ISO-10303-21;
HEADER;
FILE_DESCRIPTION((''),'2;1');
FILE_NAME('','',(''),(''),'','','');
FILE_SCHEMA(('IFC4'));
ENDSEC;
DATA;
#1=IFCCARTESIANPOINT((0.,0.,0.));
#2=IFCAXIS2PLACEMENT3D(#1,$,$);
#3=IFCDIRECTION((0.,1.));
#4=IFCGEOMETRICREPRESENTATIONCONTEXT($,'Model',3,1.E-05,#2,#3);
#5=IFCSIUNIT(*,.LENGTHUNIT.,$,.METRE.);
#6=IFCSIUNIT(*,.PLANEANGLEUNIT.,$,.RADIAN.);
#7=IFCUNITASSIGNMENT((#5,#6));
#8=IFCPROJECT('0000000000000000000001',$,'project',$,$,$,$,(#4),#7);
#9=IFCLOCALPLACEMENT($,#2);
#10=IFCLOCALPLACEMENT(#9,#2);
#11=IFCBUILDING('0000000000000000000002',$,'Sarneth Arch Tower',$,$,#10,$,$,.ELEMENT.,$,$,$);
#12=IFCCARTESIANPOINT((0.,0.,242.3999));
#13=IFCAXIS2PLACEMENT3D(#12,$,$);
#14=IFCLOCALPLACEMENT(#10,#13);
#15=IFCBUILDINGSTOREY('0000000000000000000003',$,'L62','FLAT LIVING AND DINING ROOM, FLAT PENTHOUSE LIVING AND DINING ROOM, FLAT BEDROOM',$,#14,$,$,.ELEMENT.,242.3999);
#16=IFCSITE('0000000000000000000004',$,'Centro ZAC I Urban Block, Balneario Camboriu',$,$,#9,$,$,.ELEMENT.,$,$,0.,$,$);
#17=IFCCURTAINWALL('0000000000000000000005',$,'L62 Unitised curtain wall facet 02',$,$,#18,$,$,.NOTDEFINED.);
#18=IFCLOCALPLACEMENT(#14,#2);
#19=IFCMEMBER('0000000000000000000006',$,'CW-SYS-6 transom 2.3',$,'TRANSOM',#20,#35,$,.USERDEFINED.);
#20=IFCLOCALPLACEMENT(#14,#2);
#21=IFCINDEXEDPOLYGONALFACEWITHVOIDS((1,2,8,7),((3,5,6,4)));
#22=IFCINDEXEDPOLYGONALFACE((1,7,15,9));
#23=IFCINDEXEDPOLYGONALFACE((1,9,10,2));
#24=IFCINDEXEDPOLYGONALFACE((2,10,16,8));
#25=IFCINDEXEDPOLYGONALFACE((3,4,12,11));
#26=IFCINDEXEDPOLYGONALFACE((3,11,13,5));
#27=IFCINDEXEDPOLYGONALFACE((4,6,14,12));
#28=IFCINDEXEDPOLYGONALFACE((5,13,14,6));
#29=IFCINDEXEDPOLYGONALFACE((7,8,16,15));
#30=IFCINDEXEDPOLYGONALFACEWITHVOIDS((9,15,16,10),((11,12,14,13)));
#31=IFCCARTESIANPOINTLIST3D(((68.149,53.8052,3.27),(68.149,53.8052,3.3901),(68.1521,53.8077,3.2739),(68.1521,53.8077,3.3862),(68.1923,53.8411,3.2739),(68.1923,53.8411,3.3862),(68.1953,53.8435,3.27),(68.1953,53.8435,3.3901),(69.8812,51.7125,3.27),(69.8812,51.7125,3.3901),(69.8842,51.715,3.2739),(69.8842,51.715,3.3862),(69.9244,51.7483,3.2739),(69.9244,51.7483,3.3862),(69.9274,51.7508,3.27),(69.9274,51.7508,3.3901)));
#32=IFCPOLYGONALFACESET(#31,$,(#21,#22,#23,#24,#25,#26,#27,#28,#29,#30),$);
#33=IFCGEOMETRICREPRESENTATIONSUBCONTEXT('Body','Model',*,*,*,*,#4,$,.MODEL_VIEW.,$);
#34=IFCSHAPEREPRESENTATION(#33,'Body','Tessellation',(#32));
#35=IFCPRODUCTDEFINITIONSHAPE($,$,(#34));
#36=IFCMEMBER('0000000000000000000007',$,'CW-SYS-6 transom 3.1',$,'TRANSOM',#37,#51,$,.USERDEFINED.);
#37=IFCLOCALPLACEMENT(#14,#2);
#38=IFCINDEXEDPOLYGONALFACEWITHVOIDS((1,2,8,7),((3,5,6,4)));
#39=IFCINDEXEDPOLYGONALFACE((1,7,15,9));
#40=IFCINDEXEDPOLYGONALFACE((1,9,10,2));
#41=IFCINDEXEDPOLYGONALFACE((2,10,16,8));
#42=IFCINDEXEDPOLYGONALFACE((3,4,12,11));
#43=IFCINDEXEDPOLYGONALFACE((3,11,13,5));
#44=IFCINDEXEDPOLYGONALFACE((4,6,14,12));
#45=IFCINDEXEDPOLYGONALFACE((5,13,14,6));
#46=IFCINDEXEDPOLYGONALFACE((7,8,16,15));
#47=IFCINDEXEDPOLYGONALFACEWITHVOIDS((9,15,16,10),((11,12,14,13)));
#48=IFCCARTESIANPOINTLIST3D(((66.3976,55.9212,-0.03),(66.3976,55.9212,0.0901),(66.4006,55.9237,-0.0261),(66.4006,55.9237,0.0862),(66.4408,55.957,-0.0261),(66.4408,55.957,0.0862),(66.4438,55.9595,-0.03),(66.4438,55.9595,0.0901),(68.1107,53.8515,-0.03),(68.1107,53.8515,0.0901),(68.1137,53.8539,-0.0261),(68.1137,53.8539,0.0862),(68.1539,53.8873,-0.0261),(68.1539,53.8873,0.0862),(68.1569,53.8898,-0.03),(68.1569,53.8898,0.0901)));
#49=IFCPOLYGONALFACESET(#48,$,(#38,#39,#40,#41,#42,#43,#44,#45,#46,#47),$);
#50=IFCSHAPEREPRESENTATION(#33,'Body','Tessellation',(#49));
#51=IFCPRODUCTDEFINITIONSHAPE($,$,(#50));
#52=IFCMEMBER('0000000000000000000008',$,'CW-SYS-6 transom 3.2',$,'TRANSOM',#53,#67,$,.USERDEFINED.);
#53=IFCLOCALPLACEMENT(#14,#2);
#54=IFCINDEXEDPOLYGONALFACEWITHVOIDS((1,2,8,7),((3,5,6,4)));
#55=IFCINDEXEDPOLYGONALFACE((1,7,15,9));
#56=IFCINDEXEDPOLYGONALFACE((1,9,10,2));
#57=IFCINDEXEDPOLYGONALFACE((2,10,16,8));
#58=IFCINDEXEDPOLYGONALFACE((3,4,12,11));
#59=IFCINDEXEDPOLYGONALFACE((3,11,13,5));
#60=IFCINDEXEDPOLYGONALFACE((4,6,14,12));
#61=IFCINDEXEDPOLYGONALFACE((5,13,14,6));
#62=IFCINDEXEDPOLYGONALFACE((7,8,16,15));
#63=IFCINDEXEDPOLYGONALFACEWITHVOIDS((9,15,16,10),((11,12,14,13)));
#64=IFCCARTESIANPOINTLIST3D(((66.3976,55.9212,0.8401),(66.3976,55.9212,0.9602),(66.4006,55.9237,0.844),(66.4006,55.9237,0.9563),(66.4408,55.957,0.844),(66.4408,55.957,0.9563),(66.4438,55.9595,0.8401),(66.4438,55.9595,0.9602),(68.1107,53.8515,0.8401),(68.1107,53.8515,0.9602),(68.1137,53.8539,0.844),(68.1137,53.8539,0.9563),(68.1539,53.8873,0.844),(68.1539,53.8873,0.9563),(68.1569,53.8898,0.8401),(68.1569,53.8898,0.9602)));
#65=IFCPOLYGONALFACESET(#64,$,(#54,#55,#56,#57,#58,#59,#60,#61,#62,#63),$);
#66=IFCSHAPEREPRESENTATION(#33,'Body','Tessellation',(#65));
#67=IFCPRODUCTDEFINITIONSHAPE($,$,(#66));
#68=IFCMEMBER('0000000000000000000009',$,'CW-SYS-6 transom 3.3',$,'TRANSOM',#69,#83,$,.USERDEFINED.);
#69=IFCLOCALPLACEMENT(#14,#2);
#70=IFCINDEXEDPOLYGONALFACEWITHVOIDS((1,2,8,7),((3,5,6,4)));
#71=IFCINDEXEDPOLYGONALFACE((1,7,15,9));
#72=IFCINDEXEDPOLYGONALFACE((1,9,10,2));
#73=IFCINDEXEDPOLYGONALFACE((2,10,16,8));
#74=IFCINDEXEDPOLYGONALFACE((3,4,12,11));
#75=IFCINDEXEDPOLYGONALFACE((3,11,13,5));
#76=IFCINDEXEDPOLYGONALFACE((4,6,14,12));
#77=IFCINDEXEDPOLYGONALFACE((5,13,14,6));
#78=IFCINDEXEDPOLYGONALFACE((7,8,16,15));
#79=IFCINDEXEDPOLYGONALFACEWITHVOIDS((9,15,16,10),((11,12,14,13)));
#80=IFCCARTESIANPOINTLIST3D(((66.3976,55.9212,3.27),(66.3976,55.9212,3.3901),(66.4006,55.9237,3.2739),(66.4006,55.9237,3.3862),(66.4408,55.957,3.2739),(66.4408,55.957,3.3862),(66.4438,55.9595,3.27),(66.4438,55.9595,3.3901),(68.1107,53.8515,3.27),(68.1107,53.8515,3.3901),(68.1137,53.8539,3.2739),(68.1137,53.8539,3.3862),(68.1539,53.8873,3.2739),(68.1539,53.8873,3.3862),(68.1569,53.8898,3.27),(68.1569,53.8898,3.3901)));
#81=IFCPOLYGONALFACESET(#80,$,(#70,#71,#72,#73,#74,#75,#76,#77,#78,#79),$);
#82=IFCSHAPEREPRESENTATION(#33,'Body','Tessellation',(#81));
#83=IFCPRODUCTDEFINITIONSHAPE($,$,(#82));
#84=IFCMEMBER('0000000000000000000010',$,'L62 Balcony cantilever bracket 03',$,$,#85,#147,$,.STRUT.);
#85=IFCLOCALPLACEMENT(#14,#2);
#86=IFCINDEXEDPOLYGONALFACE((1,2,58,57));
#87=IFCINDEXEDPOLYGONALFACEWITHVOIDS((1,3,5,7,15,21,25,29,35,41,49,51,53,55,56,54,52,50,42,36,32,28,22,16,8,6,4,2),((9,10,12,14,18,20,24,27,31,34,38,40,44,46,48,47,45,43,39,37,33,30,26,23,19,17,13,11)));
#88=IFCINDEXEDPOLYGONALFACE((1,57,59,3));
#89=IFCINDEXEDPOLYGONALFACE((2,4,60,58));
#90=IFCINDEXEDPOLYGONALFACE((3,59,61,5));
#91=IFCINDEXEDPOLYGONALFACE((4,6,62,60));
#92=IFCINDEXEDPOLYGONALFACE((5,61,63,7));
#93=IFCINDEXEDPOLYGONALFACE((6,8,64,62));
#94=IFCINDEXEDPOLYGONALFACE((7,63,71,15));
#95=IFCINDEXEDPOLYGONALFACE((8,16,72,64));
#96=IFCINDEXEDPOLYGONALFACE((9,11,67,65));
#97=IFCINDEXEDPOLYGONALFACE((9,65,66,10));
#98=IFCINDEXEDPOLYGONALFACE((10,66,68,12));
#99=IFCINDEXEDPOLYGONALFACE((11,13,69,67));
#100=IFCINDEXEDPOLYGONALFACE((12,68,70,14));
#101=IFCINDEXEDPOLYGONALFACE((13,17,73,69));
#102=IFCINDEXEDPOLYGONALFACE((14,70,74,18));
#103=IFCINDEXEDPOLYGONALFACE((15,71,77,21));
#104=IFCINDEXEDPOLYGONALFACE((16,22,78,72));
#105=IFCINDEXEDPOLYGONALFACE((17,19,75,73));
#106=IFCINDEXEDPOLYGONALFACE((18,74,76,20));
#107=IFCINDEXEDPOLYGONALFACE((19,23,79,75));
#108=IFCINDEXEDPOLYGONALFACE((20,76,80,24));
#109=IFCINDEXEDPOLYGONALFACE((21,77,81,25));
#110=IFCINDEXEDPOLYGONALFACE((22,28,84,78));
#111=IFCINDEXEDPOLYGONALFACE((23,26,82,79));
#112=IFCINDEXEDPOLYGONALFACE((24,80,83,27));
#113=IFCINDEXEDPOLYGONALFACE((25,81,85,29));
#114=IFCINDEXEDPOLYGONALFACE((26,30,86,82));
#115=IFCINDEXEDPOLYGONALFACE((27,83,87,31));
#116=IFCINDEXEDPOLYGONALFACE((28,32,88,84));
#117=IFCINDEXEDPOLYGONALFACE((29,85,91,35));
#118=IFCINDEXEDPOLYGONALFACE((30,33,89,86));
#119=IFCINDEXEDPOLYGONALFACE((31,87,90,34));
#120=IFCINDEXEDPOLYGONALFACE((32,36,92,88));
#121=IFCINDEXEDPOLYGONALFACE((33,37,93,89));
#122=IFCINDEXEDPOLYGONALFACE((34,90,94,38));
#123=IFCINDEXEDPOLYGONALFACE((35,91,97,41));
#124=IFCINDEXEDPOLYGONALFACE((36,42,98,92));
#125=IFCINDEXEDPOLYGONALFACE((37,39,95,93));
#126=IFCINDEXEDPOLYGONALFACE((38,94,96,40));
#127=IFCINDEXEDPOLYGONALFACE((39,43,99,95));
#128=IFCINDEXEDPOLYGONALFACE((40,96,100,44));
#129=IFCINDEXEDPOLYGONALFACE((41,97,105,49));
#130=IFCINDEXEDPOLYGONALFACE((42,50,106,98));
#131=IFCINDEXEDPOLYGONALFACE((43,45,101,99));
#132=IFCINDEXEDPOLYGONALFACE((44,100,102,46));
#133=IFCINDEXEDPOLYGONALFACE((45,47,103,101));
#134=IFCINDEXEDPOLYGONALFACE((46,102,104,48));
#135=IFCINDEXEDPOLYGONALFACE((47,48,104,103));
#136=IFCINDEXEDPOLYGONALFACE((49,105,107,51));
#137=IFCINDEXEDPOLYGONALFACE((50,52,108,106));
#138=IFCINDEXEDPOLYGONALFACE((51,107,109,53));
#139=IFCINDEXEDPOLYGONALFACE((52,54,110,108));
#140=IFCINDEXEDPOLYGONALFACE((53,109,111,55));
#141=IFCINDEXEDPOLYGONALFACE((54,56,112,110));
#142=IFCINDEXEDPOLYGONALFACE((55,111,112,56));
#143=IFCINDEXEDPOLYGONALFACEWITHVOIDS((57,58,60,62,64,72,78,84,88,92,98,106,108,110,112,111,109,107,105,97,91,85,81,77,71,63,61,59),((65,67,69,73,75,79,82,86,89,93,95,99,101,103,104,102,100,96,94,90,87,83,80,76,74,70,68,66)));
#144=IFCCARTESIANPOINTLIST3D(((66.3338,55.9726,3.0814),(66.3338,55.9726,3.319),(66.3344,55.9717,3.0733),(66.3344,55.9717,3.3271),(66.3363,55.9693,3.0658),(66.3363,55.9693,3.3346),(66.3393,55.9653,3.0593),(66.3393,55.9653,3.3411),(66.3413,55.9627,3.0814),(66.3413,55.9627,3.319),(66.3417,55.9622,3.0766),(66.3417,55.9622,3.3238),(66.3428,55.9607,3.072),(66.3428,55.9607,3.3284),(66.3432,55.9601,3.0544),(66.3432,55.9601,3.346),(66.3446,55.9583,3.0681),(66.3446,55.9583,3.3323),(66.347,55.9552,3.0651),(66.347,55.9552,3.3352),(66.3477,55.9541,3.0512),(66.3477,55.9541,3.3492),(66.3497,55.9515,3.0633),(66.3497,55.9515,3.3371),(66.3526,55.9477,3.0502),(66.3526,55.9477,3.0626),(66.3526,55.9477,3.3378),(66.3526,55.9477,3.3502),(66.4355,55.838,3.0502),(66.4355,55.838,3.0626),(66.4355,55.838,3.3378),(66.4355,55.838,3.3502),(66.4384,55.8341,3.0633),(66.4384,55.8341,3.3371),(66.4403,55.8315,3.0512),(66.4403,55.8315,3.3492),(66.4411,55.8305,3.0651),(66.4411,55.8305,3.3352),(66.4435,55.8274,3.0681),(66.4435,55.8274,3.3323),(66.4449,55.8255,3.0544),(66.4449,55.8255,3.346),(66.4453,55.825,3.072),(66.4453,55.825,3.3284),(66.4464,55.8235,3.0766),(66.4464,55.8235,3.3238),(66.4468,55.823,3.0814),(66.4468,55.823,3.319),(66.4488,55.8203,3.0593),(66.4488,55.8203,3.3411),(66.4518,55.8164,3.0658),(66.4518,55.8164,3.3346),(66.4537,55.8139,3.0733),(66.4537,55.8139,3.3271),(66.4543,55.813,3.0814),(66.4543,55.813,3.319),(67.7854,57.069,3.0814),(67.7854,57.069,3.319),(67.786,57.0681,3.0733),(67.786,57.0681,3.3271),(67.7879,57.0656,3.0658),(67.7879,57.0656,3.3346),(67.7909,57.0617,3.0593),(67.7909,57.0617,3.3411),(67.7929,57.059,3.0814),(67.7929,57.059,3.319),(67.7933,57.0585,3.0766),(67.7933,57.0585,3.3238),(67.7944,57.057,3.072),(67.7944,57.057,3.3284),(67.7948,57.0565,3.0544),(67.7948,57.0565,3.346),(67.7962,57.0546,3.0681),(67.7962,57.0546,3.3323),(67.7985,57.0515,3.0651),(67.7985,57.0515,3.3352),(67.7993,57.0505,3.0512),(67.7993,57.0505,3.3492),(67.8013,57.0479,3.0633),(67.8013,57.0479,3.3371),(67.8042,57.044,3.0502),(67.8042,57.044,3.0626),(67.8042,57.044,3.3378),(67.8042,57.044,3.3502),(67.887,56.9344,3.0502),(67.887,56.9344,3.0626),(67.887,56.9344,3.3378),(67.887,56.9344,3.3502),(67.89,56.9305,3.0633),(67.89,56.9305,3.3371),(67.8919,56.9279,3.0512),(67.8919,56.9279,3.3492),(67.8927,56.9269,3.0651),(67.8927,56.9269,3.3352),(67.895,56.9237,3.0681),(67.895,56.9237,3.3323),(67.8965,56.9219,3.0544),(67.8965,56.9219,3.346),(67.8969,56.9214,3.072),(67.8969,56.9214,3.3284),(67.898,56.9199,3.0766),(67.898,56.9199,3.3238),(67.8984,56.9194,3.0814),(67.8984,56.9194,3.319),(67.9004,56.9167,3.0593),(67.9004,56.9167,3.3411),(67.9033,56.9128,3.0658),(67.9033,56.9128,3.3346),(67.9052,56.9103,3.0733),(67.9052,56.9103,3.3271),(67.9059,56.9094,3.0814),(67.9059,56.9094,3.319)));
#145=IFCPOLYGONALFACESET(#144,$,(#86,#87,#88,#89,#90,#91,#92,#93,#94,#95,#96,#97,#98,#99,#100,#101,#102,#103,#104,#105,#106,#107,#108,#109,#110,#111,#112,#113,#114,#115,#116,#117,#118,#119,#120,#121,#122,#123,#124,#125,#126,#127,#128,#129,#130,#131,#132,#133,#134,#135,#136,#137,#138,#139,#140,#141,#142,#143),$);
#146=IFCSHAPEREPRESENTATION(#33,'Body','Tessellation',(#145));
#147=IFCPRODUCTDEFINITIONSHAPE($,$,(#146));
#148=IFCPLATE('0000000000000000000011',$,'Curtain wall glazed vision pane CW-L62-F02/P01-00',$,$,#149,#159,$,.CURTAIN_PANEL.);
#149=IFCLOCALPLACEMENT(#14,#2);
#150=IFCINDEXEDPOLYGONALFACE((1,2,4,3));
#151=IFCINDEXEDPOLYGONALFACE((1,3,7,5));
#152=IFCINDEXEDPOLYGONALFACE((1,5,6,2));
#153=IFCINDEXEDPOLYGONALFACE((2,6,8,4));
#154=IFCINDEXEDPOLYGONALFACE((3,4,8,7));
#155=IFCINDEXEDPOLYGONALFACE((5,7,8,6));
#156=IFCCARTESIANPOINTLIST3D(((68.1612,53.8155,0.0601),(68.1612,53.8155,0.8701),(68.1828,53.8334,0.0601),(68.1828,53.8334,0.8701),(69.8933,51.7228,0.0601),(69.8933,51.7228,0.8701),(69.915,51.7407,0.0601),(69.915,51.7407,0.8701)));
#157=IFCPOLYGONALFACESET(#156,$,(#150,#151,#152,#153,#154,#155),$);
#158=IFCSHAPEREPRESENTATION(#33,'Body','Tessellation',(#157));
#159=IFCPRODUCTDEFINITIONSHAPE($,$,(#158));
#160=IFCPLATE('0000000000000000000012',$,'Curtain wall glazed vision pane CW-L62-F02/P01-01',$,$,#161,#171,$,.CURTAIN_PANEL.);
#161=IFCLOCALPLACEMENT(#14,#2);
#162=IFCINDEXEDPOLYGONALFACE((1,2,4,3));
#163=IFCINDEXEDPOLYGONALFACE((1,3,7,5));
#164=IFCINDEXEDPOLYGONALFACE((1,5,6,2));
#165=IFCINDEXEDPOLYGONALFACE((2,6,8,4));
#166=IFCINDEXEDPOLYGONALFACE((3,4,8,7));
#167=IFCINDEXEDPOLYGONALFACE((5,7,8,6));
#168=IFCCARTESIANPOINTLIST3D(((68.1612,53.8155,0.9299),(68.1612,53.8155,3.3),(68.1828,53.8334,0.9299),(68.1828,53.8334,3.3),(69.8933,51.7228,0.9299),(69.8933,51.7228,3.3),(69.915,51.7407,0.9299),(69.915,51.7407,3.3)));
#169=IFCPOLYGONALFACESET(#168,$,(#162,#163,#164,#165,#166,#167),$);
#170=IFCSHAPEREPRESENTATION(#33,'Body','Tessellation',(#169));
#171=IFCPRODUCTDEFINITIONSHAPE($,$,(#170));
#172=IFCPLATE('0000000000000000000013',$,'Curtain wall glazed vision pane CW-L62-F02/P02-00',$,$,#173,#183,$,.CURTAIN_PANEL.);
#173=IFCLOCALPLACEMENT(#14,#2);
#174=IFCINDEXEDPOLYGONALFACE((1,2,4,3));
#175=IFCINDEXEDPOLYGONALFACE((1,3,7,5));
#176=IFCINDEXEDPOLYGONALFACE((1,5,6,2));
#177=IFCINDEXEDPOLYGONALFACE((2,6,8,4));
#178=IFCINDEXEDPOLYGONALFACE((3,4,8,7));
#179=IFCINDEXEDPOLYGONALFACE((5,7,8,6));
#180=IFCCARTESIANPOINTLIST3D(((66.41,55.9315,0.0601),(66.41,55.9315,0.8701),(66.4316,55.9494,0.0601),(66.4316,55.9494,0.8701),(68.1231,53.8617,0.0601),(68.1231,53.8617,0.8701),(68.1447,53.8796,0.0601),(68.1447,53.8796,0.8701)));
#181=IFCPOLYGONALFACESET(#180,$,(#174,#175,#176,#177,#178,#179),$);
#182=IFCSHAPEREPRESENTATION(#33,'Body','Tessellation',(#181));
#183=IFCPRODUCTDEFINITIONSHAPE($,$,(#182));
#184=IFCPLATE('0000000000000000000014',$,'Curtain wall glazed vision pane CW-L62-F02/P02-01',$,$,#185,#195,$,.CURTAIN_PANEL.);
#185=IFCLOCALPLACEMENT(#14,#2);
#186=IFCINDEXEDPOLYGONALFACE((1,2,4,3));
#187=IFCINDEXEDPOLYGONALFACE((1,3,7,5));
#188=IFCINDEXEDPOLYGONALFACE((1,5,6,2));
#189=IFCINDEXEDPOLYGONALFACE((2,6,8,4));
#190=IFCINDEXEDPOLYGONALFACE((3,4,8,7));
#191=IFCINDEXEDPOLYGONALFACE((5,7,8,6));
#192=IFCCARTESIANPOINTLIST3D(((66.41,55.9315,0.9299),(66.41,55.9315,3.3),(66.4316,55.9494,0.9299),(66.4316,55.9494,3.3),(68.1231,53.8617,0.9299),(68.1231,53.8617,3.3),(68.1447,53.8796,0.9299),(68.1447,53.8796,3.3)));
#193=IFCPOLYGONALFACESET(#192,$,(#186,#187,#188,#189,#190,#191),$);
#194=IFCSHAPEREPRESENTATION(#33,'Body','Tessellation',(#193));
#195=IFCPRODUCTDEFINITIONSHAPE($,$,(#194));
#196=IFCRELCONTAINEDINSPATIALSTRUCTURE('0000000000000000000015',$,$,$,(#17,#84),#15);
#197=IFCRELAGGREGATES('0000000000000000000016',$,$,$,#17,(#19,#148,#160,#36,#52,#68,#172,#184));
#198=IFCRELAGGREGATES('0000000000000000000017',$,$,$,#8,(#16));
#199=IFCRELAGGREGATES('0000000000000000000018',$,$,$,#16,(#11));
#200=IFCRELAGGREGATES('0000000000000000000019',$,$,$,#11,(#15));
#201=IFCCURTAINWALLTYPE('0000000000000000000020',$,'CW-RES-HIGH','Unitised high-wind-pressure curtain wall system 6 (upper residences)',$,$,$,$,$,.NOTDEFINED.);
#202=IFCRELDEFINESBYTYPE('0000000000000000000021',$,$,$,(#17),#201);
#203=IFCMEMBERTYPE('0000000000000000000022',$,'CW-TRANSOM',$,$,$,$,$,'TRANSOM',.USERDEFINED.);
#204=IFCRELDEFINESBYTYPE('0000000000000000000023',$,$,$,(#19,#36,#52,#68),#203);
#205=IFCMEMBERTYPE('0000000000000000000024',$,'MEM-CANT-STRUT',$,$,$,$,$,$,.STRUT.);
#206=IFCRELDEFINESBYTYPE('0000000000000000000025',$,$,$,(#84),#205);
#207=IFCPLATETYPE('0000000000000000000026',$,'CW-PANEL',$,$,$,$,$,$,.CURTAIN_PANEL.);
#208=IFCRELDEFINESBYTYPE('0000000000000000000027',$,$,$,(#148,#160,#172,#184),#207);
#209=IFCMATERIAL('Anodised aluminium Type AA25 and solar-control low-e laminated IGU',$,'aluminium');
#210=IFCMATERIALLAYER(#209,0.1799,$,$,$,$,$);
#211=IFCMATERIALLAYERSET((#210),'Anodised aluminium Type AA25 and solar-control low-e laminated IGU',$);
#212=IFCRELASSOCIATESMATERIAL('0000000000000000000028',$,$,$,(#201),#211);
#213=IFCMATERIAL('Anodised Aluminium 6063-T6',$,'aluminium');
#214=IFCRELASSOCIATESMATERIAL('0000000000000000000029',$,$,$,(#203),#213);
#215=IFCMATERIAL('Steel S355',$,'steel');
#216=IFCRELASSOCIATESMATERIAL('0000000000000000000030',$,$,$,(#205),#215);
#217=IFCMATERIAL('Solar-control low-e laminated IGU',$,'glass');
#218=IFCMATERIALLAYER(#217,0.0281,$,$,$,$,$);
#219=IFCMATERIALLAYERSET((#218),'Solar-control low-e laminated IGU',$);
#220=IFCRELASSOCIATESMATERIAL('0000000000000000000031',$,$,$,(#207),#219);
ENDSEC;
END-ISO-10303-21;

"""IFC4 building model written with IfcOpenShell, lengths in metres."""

from ifc_helpers import new_model, si_unit, direction, frame, origin, origin_2d, place, context, subcontext, project, spatial, rectangle, hollow_rectangle, extrude, material, layer, layer_set, material_profile, profile_set, type_object, element, aggregate, save


model = new_model("IFC4")

# Units and contexts
model_context = context("Model", 3, precision=1e-05, world=origin(), true_north=direction((0.0, 1.0)))
body_context = subcontext(model_context, "Body", "Model", "MODEL_VIEW")
ifc_project = project(units=[si_unit("LENGTHUNIT", "METRE"), si_unit("PLANEANGLEUNIT", "RADIAN")], contexts=[model_context])

# Site, building, storey
site_placement = place(None, origin())
site = spatial("IfcSite", under=ifc_project, at=site_placement, Name="Centro ZAC I Urban Block, Balneario Camboriu", CompositionType="ELEMENT", RefElevation=0.0)
building_placement = place(site_placement, origin())
building = spatial("IfcBuilding", under=site, at=building_placement, Name="Sarneth Arch Tower", CompositionType="ELEMENT")
storey_placement = place(building_placement, frame((0.0, 0.0, 242.3999)))
storey = spatial("IfcBuildingStorey", under=building, at=storey_placement, Name="L62", Description="FLAT LIVING AND DINING ROOM, FLAT PENTHOUSE LIVING AND DINING ROOM, FLAT BEDROOM", CompositionType="ELEMENT", Elevation=242.3999)

# Curtain wall, members
ifc_material_1 = material(Name="Anodised aluminium Type AA25 and solar-control low-e laminated IGU", Category="aluminium")
ifc_layer_1 = layer(ifc_material_1, 0.1799)
ifc_layer_set_1 = layer_set([ifc_layer_1], Name="Anodised aluminium Type AA25 and solar-control low-e laminated IGU")
curtain_wall_type = type_object("IfcCurtainWallType", Name="CW-RES-HIGH", Description="Unitised high-wind-pressure curtain wall system 6 (upper residences)", PredefinedType="NOTDEFINED", material=ifc_layer_set_1)
curtain_wall_placement = place(storey_placement, origin())
curtain_wall = element("IfcCurtainWall", 1, at=curtain_wall_placement, inside=storey, type_object=curtain_wall_type, Name="L62 Unitised curtain wall facet 02", PredefinedType="NOTDEFINED")
ifc_material_2 = material(Name="Anodised Aluminium 6063-T6", Category="aluminium")
ifc_material_profile_1 = material_profile(ifc_material_2, hollow_rectangle(XDim=0.0601, YDim=0.1201, WallThickness=0.0039, at=origin_2d()), Name="AL-TRAN-120x60x4")
ifc_profile_set_1 = profile_set([ifc_material_profile_1], Name="Anodised Aluminium 6063-T6")
member_type_1 = type_object("IfcMemberType", Name="CW-TRANSOM", ElementType="TRANSOM", PredefinedType="USERDEFINED", material=ifc_profile_set_1)
member_1_placement = place(storey_placement, frame((69.9043, 51.7317, 3.3301), z_axis=(-0.637617, 0.770353, 0.0), x_axis=(-0.770353, -0.637617, 0.0)))
member_1 = element("IfcMember", 2, at=member_1_placement, type_object=member_type_1, Name="CW-SYS-6 transom 2.3", ObjectType="TRANSOM", PredefinedType="USERDEFINED", context=body_context, shape_type="SweptSolid", body=[
    extrude(hollow_rectangle(XDim=0.0601, YDim=0.1201, WallThickness=0.0039, at=origin_2d()), origin(), (0.0, 0.0, 1.0), 2.7166),
])
member_2_placement = place(storey_placement, frame((68.1338, 53.8706, 0.03), z_axis=(-0.637607, 0.770362, 0.0), x_axis=(-0.770362, -0.637607, 0.0)))
member_2 = element("IfcMember", 3, at=member_2_placement, type_object=member_type_1, Name="CW-SYS-6 transom 3.1", ObjectType="TRANSOM", PredefinedType="USERDEFINED", context=body_context, shape_type="SweptSolid", body=[
    extrude(hollow_rectangle(XDim=0.0601, YDim=0.1201, WallThickness=0.0039, at=origin_2d()), origin(), (0.0, 0.0, 1.0), 2.6868),
])
member_3_placement = place(storey_placement, frame((68.1338, 53.8706, 0.9001), z_axis=(-0.637607, 0.770362, 0.0), x_axis=(-0.770362, -0.637607, 0.0)))
member_3 = element("IfcMember", 4, at=member_3_placement, type_object=member_type_1, Name="CW-SYS-6 transom 3.2", ObjectType="TRANSOM", PredefinedType="USERDEFINED", context=body_context, shape_type="SweptSolid", body=[
    extrude(hollow_rectangle(XDim=0.0601, YDim=0.1201, WallThickness=0.0039, at=origin_2d()), origin(), (0.0, 0.0, 1.0), 2.6868),
])
member_4_placement = place(storey_placement, frame((68.1338, 53.8706, 3.3301), z_axis=(-0.637607, 0.770362, 0.0), x_axis=(-0.770362, -0.637607, 0.0)))
member_4 = element("IfcMember", 5, at=member_4_placement, type_object=member_type_1, Name="CW-SYS-6 transom 3.3", ObjectType="TRANSOM", PredefinedType="USERDEFINED", context=body_context, shape_type="SweptSolid", body=[
    extrude(hollow_rectangle(XDim=0.0601, YDim=0.1201, WallThickness=0.0039, at=origin_2d()), origin(), (0.0, 0.0, 1.0), 2.6868),
])

# Member
ifc_material_3 = material(Name="Steel S355", Category="steel")
ifc_material_profile_2 = material_profile(ifc_material_3, hollow_rectangle(XDim=0.2, YDim=0.3, WallThickness=0.0125, InnerFilletRadius=0.0188, OuterFilletRadius=0.0312, at=origin_2d()), Name="RHS300x200x12.5")
ifc_profile_set_2 = profile_set([ifc_material_profile_2], Name="Steel S355")
member_type_2 = type_object("IfcMemberType", Name="MEM-CANT-STRUT", PredefinedType="STRUT", material=ifc_profile_set_2)
member_5_placement = place(storey_placement, frame((66.394, 55.8928, 3.2002), z_axis=(0.797966, 0.602702, 0.0), x_axis=(-0.602702, 0.797966, 0.0)))
element("IfcMember", 6, at=member_5_placement, inside=storey, type_object=member_type_2, Name="L62 Balcony cantilever bracket 03", PredefinedType="STRUT", context=body_context, shape_type="SweptSolid", body=[
    extrude(hollow_rectangle(XDim=0.2, YDim=0.3, WallThickness=0.0125, InnerFilletRadius=0.0188, OuterFilletRadius=0.0312, at=origin_2d()), origin(), (0.0, 0.0, 1.0), 1.8191),
])

# Plates
ifc_material_4 = material(Name="Solar-control low-e laminated IGU", Category="glass")
ifc_layer_2 = layer(ifc_material_4, 0.0281)
ifc_layer_set_2 = layer_set([ifc_layer_2], Name="Solar-control low-e laminated IGU")
plate_type_1 = type_object("IfcPlateType", Name="CW-PANEL", PredefinedType="CURTAIN_PANEL", material=ifc_layer_set_2)
plate_1_placement = place(storey_placement, frame((69.0381, 52.7781, 0.0601), z_axis=(0.0, 0.0, 1.0), x_axis=(-0.63761, 0.770359, 0.0)))
plate_1 = element("IfcPlate", 7, at=plate_1_placement, type_object=plate_type_1, Name="Curtain wall glazed vision pane CW-L62-F02/P01-00", PredefinedType="CURTAIN_PANEL", context=body_context, shape_type="SweptSolid", body=[
    extrude(rectangle(XDim=2.7166, YDim=0.0281, at=origin_2d()), origin(), (0.0, 0.0, 1.0), 0.8101),
])
plate_2_placement = place(storey_placement, frame((69.0381, 52.7781, 0.9299), z_axis=(0.0, 0.0, 1.0), x_axis=(-0.63761, 0.770359, 0.0)))
plate_2 = element("IfcPlate", 8, at=plate_2_placement, type_object=plate_type_1, Name="Curtain wall glazed vision pane CW-L62-F02/P01-01", PredefinedType="CURTAIN_PANEL", context=body_context, shape_type="SweptSolid", body=[
    extrude(rectangle(XDim=2.7166, YDim=0.0281, at=origin_2d()), origin(), (0.0, 0.0, 1.0), 2.3701),
])
plate_3_placement = place(storey_placement, frame((67.2773, 54.9055, 0.0601), z_axis=(0.0, 0.0, 1.0), x_axis=(-0.63761, 0.770359, 0.0)))
plate_3 = element("IfcPlate", 9, at=plate_3_placement, type_object=plate_type_1, Name="Curtain wall glazed vision pane CW-L62-F02/P02-00", PredefinedType="CURTAIN_PANEL", context=body_context, shape_type="SweptSolid", body=[
    extrude(rectangle(XDim=2.6868, YDim=0.0281, at=origin_2d()), origin(), (0.0, 0.0, 1.0), 0.8101),
])
plate_4_placement = place(storey_placement, frame((67.2773, 54.9055, 0.9299), z_axis=(0.0, 0.0, 1.0), x_axis=(-0.63761, 0.770359, 0.0)))
plate_4 = element("IfcPlate", 10, at=plate_4_placement, type_object=plate_type_1, Name="Curtain wall glazed vision pane CW-L62-F02/P02-01", PredefinedType="CURTAIN_PANEL", context=body_context, shape_type="SweptSolid", body=[
    extrude(rectangle(XDim=2.6868, YDim=0.0281, at=origin_2d()), origin(), (0.0, 0.0, 1.0), 2.3701),
])
aggregate(curtain_wall, [member_1, plate_1, plate_2, member_2, member_3, member_4, plate_3, plate_4])

save(model, "model.ifc")
